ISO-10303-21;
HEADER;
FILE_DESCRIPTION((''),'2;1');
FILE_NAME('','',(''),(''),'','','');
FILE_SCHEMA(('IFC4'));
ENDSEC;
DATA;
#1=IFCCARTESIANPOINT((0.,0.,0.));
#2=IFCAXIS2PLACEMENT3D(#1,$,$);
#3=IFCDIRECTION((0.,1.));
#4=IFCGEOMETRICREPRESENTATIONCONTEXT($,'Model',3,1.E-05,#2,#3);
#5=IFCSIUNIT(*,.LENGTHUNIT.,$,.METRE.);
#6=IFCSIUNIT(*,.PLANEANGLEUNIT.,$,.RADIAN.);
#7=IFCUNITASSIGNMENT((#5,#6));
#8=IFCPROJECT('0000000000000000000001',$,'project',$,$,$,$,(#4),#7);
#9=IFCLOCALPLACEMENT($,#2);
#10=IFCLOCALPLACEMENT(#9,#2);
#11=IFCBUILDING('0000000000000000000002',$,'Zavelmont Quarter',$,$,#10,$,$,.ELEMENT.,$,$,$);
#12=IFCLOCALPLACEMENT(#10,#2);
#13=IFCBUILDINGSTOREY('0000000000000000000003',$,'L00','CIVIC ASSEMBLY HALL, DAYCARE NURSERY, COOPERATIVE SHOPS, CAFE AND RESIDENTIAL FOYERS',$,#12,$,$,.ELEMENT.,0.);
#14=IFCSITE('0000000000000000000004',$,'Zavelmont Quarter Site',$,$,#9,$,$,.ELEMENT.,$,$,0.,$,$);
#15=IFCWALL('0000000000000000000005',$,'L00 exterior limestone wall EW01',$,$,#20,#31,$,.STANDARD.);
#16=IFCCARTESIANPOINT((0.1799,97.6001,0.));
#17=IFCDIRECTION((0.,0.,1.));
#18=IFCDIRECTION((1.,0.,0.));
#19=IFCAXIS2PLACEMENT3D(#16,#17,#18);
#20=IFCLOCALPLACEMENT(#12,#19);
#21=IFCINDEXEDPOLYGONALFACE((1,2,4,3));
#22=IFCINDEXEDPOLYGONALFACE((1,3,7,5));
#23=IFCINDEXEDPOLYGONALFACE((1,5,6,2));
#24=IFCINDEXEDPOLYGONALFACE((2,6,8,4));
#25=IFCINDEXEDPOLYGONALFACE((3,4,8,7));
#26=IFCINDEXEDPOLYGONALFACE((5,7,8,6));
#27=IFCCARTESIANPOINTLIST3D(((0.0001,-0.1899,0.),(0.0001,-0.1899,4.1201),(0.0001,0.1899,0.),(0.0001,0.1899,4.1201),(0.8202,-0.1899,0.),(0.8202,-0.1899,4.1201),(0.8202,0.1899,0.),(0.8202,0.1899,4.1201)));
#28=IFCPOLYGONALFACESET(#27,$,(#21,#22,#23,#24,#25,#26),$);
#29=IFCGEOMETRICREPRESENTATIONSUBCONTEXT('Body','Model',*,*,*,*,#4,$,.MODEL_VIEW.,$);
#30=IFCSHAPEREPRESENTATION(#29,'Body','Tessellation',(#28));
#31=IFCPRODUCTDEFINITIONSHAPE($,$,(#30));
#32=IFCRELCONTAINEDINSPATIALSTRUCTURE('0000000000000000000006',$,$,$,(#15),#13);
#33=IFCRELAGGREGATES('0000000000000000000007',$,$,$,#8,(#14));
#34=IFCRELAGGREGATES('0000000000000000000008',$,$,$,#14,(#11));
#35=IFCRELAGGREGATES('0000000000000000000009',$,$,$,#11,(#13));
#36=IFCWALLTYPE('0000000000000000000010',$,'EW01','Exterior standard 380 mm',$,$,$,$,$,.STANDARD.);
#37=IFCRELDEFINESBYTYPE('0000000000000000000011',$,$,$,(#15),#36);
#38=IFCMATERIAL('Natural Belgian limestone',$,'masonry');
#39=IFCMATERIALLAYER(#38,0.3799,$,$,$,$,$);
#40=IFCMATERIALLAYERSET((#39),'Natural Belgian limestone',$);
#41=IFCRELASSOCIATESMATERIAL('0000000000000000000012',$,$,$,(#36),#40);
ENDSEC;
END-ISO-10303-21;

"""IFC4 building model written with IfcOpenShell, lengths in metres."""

from ifc_helpers import new_model, si_unit, direction, frame, frame_2d, origin, place, context, subcontext, project, spatial, rectangle, extrude, material, layer, layer_set, type_object, element, save


model = new_model("IFC4")

# Units and contexts
model_context = context("Model", 3, precision=1e-05, world=origin(), true_north=direction((0.0, 1.0)))
body_context = subcontext(model_context, "Body", "Model", "MODEL_VIEW")
ifc_project = project(units=[si_unit("LENGTHUNIT", "METRE"), si_unit("PLANEANGLEUNIT", "RADIAN")], contexts=[model_context])

# Site, building, storey
site_placement = place(None, origin())
site = spatial("IfcSite", under=ifc_project, at=site_placement, Name="Zavelmont Quarter Site", CompositionType="ELEMENT", RefElevation=0.0)
building_placement = place(site_placement, origin())
building = spatial("IfcBuilding", under=site, at=building_placement, Name="Zavelmont Quarter", CompositionType="ELEMENT")
storey_placement = place(building_placement, origin())
storey = spatial("IfcBuildingStorey", under=building, at=storey_placement, Name="L00", Description="CIVIC ASSEMBLY HALL, DAYCARE NURSERY, COOPERATIVE SHOPS, CAFE AND RESIDENTIAL FOYERS", CompositionType="ELEMENT", Elevation=0.0)

# Wall
ifc_material_1 = material(Name="Natural Belgian limestone", Category="masonry")
ifc_layer_1 = layer(ifc_material_1, 0.3799)
ifc_layer_set_1 = layer_set([ifc_layer_1], Name="Natural Belgian limestone")
wall_type_1 = type_object("IfcWallType", Name="EW01", Description="Exterior standard 380 mm", PredefinedType="STANDARD", material=ifc_layer_set_1)
wall_1_placement = place(storey_placement, frame((0.1799, 97.6001, 0.0), z_axis=(0.0, 0.0, 1.0), x_axis=(1.0, 0.0, 0.0)))
element("IfcWall", 1, at=wall_1_placement, inside=storey, type_object=wall_type_1, Name="L00 exterior limestone wall EW01", PredefinedType="STANDARD", context=body_context, shape_type="SweptSolid", body=[
    extrude(rectangle(XDim=0.8201, YDim=0.3799, at=frame_2d((0.4102, 0.0))), origin(), (0.0, 0.0, 1.0), 4.1201),
])

save(model, "model.ifc")
